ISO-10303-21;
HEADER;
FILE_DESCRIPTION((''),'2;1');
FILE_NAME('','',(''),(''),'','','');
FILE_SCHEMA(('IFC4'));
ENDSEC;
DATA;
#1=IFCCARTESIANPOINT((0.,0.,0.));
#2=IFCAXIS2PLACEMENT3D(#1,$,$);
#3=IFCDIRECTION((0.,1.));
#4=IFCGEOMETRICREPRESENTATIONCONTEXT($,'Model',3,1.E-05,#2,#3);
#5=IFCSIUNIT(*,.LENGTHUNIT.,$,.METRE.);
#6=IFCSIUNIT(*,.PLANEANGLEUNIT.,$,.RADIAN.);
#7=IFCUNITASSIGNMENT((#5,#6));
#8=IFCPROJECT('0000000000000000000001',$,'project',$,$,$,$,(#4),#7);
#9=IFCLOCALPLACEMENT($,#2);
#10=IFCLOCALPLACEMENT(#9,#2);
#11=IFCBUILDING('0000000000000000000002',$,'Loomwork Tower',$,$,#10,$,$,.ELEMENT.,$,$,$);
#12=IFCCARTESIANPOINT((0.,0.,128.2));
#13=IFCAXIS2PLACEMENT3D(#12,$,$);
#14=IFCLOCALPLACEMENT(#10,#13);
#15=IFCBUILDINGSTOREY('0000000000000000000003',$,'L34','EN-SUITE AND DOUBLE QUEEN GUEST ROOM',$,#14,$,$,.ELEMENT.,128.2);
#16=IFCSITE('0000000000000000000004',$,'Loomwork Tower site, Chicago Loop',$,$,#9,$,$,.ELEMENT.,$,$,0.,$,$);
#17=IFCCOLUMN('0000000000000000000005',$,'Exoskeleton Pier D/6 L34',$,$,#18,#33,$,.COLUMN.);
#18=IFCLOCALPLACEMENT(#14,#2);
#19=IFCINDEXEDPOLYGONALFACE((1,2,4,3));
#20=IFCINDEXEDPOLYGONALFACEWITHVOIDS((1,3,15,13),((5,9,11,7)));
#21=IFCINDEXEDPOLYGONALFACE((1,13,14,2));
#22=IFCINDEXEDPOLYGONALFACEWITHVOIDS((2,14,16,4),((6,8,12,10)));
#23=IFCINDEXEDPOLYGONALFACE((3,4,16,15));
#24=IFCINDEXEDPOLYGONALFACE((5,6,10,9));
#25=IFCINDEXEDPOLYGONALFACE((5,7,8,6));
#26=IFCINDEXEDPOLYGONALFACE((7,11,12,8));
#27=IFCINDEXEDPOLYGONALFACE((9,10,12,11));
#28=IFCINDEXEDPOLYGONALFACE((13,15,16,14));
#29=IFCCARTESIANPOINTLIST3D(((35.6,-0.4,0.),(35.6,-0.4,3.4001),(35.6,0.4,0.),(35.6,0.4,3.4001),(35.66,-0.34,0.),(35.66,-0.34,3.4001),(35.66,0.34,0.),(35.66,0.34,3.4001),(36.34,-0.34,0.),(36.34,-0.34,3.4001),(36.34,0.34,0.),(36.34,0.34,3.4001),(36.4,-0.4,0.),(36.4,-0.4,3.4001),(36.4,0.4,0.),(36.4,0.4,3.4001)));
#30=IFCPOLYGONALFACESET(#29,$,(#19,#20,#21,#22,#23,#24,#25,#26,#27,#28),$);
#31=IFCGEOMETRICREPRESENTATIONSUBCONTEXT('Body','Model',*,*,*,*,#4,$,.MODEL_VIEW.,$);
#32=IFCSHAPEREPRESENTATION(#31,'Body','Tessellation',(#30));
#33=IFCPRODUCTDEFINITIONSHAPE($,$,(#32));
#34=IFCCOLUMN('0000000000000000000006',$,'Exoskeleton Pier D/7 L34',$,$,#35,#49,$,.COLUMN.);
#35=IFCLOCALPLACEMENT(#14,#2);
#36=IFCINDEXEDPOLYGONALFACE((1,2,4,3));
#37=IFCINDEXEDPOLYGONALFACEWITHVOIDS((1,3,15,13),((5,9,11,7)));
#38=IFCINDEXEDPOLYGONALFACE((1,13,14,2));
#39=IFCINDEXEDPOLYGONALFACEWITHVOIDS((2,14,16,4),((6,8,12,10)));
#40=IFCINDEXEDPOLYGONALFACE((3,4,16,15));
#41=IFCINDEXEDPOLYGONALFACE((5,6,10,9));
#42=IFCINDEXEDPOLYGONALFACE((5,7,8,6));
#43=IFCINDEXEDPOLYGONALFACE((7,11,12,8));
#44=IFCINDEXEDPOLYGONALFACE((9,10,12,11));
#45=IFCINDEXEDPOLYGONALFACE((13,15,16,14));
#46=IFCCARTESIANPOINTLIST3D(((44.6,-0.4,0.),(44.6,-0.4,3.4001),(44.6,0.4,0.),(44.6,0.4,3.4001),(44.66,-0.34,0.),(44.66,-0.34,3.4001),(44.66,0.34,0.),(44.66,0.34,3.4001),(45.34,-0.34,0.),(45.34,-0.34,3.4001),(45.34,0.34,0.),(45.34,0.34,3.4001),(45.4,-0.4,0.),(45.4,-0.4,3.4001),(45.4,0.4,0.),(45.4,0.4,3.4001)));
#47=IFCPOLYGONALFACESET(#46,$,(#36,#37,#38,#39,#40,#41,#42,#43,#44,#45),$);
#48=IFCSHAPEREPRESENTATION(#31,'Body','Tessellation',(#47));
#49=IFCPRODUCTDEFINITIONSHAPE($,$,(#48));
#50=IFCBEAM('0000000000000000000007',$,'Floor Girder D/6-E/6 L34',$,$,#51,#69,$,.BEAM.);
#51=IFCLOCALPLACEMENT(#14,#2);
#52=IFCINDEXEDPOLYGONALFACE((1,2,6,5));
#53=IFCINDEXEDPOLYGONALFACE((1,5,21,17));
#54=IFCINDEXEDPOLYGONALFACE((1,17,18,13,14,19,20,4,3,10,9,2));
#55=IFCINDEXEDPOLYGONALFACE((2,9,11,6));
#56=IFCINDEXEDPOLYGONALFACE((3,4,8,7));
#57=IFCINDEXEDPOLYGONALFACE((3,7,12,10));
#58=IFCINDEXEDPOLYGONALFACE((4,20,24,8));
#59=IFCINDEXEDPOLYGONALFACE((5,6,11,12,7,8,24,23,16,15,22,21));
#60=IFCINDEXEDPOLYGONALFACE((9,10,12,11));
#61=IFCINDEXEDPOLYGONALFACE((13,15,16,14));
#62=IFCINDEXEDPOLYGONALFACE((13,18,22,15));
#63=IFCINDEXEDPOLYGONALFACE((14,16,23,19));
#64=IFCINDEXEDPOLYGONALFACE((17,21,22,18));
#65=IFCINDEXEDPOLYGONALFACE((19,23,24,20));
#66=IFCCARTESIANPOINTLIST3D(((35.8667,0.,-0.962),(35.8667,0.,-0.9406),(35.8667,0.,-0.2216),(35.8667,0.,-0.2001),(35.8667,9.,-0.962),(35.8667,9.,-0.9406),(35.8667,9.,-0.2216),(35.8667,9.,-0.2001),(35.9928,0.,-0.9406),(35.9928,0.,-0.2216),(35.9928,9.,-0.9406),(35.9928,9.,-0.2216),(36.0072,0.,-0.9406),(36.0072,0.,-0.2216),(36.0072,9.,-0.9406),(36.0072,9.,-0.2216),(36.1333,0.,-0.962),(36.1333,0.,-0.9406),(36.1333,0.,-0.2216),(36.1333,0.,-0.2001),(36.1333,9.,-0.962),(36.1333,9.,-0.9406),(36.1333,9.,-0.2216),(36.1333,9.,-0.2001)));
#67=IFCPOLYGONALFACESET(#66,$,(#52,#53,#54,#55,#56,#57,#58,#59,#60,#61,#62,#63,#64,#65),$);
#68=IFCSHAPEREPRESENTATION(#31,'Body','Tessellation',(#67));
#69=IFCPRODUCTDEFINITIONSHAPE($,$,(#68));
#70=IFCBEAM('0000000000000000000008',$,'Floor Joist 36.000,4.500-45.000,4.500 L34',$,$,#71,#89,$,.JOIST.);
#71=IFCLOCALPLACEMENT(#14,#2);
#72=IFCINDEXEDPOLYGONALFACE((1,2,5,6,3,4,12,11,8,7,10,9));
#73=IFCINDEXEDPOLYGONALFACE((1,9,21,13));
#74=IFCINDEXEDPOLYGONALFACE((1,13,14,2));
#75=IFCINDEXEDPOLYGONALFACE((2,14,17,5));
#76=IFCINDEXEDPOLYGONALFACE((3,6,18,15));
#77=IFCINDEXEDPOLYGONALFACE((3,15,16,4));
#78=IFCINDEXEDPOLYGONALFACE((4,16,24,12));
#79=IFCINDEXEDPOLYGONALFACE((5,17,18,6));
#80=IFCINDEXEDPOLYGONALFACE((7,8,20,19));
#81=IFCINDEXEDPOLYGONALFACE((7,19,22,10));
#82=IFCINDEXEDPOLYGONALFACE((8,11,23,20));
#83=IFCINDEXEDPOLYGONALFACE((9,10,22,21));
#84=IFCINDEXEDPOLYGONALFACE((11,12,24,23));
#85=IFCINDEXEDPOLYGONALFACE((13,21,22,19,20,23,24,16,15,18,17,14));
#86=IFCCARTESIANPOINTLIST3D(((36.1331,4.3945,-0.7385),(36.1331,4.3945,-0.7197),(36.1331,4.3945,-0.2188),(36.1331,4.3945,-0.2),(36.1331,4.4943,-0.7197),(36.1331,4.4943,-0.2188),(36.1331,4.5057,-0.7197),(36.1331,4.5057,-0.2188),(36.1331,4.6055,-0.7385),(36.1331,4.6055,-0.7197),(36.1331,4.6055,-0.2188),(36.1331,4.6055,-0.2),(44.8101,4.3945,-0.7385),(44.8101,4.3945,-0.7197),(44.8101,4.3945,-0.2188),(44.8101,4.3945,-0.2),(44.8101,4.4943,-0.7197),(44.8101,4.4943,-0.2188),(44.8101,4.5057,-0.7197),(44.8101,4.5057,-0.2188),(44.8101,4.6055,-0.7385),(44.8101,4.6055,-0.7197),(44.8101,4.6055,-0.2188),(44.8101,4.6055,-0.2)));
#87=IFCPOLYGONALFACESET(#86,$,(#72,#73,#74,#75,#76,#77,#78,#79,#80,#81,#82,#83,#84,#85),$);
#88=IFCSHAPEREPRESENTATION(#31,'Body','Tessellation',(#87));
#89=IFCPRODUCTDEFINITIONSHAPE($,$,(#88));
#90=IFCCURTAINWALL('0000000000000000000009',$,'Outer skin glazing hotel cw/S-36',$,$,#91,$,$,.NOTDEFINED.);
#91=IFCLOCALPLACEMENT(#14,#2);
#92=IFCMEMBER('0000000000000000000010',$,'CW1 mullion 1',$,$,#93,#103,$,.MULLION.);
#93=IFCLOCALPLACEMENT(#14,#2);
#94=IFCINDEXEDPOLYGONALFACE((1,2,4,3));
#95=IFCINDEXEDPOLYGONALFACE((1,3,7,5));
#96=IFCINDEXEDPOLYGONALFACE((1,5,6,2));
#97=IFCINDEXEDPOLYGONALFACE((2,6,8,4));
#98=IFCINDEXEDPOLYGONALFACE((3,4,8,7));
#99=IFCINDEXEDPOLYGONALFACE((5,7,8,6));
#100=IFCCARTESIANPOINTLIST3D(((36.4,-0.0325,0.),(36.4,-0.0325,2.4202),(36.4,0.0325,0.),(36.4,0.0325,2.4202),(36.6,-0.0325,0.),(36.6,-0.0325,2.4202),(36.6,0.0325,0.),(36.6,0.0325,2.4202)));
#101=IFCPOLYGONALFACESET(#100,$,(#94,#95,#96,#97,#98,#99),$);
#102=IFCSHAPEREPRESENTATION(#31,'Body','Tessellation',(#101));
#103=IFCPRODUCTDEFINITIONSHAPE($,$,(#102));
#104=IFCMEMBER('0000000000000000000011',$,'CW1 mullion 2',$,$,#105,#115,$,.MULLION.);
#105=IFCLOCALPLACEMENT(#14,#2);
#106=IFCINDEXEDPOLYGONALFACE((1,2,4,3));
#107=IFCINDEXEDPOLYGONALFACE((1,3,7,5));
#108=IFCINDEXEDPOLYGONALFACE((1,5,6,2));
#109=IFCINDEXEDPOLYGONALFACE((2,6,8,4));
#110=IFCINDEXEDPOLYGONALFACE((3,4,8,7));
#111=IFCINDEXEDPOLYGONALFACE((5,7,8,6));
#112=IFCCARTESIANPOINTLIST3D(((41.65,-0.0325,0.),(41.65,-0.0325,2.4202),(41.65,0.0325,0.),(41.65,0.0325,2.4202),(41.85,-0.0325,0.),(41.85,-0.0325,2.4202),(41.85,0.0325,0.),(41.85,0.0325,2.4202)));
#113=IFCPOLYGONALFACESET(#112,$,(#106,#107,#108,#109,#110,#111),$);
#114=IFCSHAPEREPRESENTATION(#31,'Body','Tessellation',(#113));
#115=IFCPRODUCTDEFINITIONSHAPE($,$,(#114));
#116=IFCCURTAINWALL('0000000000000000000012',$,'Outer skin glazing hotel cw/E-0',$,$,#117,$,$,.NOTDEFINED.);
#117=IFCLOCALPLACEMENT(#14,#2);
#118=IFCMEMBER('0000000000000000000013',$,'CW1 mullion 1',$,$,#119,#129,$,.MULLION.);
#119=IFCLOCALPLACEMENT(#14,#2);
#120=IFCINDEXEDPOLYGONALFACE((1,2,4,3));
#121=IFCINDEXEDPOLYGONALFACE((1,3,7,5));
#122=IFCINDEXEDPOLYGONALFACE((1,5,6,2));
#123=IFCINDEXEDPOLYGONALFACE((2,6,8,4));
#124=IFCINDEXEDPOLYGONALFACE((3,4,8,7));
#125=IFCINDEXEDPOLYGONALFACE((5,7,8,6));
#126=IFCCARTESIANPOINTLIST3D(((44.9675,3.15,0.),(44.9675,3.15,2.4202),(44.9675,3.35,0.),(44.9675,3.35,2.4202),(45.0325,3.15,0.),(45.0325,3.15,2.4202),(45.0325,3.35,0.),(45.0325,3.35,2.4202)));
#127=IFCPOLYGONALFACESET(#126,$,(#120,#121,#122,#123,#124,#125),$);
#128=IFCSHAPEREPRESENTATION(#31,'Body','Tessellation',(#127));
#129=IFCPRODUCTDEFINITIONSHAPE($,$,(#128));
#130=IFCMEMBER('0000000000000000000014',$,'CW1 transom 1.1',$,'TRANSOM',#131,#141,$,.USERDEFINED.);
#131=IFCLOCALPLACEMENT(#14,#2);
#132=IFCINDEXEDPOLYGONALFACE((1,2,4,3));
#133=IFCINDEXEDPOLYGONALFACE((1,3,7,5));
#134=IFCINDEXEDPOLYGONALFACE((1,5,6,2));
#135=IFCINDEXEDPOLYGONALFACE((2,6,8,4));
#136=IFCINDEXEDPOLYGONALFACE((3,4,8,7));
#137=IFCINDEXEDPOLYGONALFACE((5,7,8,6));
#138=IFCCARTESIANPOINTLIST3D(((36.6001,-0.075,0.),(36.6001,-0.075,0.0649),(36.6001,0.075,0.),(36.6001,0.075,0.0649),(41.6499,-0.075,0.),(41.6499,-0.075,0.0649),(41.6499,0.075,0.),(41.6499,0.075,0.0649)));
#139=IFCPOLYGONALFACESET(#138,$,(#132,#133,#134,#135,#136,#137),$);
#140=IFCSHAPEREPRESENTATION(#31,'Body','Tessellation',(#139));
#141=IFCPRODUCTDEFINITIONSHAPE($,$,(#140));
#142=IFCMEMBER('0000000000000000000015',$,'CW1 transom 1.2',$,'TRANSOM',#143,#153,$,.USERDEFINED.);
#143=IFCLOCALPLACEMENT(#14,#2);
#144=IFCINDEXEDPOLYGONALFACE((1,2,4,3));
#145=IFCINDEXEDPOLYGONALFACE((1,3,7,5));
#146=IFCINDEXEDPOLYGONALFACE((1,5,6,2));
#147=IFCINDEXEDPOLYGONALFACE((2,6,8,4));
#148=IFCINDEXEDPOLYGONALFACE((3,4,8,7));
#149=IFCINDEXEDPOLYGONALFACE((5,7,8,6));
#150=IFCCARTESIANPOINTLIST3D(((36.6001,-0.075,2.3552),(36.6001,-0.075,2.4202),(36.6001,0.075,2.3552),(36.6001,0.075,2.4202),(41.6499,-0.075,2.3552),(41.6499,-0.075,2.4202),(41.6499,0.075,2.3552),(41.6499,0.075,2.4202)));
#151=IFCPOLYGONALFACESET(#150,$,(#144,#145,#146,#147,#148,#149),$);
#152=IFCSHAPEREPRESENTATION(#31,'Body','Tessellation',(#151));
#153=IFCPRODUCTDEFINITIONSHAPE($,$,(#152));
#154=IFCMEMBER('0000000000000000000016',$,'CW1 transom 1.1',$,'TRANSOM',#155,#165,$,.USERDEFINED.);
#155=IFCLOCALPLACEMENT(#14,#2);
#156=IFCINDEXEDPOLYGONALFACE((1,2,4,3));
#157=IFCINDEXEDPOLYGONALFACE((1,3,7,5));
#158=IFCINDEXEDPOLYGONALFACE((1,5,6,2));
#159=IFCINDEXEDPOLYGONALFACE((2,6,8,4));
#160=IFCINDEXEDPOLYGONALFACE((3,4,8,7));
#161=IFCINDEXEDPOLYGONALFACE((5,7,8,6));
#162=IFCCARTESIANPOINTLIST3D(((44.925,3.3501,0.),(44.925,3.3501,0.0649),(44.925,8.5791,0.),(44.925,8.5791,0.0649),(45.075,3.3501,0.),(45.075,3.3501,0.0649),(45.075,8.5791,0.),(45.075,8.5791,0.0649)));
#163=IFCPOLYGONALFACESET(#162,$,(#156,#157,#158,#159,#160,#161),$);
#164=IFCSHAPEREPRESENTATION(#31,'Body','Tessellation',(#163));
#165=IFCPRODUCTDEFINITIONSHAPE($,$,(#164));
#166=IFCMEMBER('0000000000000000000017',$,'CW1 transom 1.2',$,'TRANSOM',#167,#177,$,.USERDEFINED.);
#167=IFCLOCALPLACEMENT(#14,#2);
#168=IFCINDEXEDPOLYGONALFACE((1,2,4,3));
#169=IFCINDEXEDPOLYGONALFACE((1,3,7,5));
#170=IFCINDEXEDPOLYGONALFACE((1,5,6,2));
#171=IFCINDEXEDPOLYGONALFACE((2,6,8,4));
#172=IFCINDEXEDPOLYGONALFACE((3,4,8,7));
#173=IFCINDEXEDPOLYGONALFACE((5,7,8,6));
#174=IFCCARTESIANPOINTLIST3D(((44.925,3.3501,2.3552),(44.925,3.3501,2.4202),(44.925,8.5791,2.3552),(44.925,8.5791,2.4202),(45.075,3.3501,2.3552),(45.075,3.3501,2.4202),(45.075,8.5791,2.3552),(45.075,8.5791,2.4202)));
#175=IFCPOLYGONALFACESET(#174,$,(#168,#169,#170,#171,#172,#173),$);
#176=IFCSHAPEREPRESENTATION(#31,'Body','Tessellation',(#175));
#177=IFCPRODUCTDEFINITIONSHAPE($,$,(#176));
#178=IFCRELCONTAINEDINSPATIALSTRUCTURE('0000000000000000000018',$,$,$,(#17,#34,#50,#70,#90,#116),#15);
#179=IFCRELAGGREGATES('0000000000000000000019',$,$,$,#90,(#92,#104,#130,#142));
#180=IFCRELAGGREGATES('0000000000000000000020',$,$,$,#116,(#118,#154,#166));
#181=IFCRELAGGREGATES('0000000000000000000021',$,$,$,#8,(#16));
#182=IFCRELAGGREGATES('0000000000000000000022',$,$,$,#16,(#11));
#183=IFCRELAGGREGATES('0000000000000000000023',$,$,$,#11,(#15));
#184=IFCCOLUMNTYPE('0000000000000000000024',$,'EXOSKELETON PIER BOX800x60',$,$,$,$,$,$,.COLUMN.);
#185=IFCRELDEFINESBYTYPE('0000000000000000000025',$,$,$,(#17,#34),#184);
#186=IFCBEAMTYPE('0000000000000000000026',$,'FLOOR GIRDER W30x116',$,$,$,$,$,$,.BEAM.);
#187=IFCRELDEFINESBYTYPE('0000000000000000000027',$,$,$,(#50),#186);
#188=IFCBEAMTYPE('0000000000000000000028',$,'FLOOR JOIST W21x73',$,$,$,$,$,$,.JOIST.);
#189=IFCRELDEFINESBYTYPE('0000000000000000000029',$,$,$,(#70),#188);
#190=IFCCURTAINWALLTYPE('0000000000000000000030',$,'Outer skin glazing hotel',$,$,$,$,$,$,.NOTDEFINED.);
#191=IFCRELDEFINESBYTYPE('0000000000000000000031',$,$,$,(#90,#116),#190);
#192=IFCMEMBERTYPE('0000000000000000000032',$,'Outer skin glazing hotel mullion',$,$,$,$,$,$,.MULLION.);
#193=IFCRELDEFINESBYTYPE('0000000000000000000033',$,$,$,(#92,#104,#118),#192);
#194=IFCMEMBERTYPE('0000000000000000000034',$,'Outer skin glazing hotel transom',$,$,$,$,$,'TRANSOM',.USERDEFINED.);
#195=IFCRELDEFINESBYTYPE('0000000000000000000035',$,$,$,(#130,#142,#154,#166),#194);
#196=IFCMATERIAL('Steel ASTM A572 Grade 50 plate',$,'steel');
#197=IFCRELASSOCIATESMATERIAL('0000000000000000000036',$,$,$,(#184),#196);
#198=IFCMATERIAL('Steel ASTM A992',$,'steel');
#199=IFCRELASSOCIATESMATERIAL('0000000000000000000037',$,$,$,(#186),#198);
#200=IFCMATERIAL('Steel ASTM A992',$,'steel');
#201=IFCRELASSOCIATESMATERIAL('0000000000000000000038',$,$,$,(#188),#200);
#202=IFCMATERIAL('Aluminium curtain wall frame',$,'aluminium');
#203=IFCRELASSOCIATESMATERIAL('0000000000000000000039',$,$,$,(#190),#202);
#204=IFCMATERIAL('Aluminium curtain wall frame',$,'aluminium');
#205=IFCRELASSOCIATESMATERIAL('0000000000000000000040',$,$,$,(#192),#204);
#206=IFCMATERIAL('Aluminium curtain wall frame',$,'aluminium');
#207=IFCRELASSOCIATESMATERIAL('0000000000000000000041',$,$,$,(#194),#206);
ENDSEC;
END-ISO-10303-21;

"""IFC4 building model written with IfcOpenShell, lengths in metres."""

from ifc_helpers import new_model, si_unit, direction, frame, origin, origin_2d, place, context, subcontext, project, spatial, rectangle, hollow_rectangle, i_section, extrude, material, material_profile, profile_set, type_object, element, aggregate, save


model = new_model("IFC4")

# Units and contexts
model_context = context("Model", 3, precision=1e-05, world=origin(), true_north=direction((0.0, 1.0)))
body_context = subcontext(model_context, "Body", "Model", "MODEL_VIEW")
ifc_project = project(units=[si_unit("LENGTHUNIT", "METRE"), si_unit("PLANEANGLEUNIT", "RADIAN")], contexts=[model_context])

# Site, building, storey
site_placement = place(None, origin())
site = spatial("IfcSite", under=ifc_project, at=site_placement, Name="Loomwork Tower site, Chicago Loop", CompositionType="ELEMENT", RefElevation=0.0)
building_placement = place(site_placement, origin())
building = spatial("IfcBuilding", under=site, at=building_placement, Name="Loomwork Tower", CompositionType="ELEMENT")
storey_placement = place(building_placement, frame((0.0, 0.0, 128.2)))
storey = spatial("IfcBuildingStorey", under=building, at=storey_placement, Name="L34", Description="EN-SUITE AND DOUBLE QUEEN GUEST ROOM", CompositionType="ELEMENT", Elevation=128.2)

# Columns
ifc_material_1 = material(Name="Steel ASTM A572 Grade 50 plate", Category="steel")
ifc_material_profile_1 = material_profile(ifc_material_1, hollow_rectangle(XDim=0.8, YDim=0.8, WallThickness=0.0601, at=origin_2d()), Name="BOX800x60")
ifc_profile_set_1 = profile_set([ifc_material_profile_1], Name="Steel ASTM A572 Grade 50 plate")
column_type = type_object("IfcColumnType", Name="EXOSKELETON PIER BOX800x60", PredefinedType="COLUMN", material=ifc_profile_set_1)
for number, where, z_axis, x_axis, name in (
    (1, (36.0, 0.0, 0.0), (0.0, 0.0, 1.0), (1.0, 0.0, 0.0), "Exoskeleton Pier D/6 L34"),
    (2, (45.0, 0.0, 0.0), (0.0, 0.0, 1.0), (1.0, 0.0, 0.0), "Exoskeleton Pier D/7 L34"),
):
    element("IfcColumn", number, at=place(storey_placement, frame(where, z_axis=z_axis, x_axis=x_axis)), inside=storey, type_object=column_type, Name=name, PredefinedType="COLUMN", context=body_context, shape_type="SweptSolid", body=[
        extrude(hollow_rectangle(XDim=0.8, YDim=0.8, WallThickness=0.0601, at=origin_2d()), origin(), (0.0, 0.0, 1.0), 3.4001),
    ])

# Beams
ifc_material_2 = material(Name="Steel ASTM A992", Category="steel")
ifc_material_profile_2 = material_profile(ifc_material_2, i_section(OverallWidth=0.2666, OverallDepth=0.762, WebThickness=0.0144, FlangeThickness=0.0215, at=origin_2d()), Name="W30x116")
ifc_profile_set_2 = profile_set([ifc_material_profile_2], Name="Steel ASTM A992")
beam_type_1 = type_object("IfcBeamType", Name="FLOOR GIRDER W30x116", PredefinedType="BEAM", material=ifc_profile_set_2)
beam_1_placement = place(storey_placement, frame((36.0, 0.0, -0.5811), z_axis=(0.0, 1.0, 0.0), x_axis=(-1.0, 0.0, 0.0)))
element("IfcBeam", 3, at=beam_1_placement, inside=storey, type_object=beam_type_1, Name="Floor Girder D/6-E/6 L34", PredefinedType="BEAM", context=body_context, shape_type="SweptSolid", body=[
    extrude(i_section(OverallWidth=0.2666, OverallDepth=0.762, WebThickness=0.0144, FlangeThickness=0.0215, at=origin_2d()), origin(), (0.0, 0.0, 1.0), 9.0),
])
ifc_material_3 = material(Name="Steel ASTM A992", Category="steel")
ifc_material_profile_3 = material_profile(ifc_material_3, i_section(OverallWidth=0.2109, OverallDepth=0.5386, WebThickness=0.0115, FlangeThickness=0.0188, at=origin_2d()), Name="W21x73")
ifc_profile_set_3 = profile_set([ifc_material_profile_3], Name="Steel ASTM A992")
beam_type_2 = type_object("IfcBeamType", Name="FLOOR JOIST W21x73", PredefinedType="JOIST", material=ifc_profile_set_3)
beam_2_placement = place(storey_placement, frame((36.1331, 4.5, -0.4692), z_axis=(1.0, 0.0, 0.0), x_axis=(0.0, 1.0, 0.0)))
element("IfcBeam", 4, at=beam_2_placement, inside=storey, type_object=beam_type_2, Name="Floor Joist 36.000,4.500-45.000,4.500 L34", PredefinedType="JOIST", context=body_context, shape_type="SweptSolid", body=[
    extrude(i_section(OverallWidth=0.2109, OverallDepth=0.5386, WebThickness=0.0115, FlangeThickness=0.0188, at=origin_2d()), origin(), (0.0, 0.0, 1.0), 8.677),
])

# Curtain wall, members
ifc_material_4 = material(Name="Aluminium curtain wall frame", Category="aluminium")
curtain_wall_type = type_object("IfcCurtainWallType", Name="Outer skin glazing hotel", PredefinedType="NOTDEFINED", material=ifc_material_4)
curtain_wall_1_placement = place(storey_placement, origin())
curtain_wall_1 = element("IfcCurtainWall", 5, at=curtain_wall_1_placement, inside=storey, type_object=curtain_wall_type, Name="Outer skin glazing hotel cw/S-36", PredefinedType="NOTDEFINED")
ifc_material_5 = material(Name="Aluminium curtain wall frame", Category="aluminium")
ifc_material_profile_4 = material_profile(ifc_material_5, rectangle(XDim=0.0649, YDim=0.2, at=origin_2d()), Name="AL 65x200")
ifc_profile_set_4 = profile_set([ifc_material_profile_4], Name="Aluminium curtain wall frame")
member_type_1 = type_object("IfcMemberType", Name="Outer skin glazing hotel mullion", PredefinedType="MULLION", material=ifc_profile_set_4)
member_1_placement = place(storey_placement, frame((36.5, 0.0, 0.0), z_axis=(0.0, 0.0, 1.0), x_axis=(0.0, 1.0, 0.0)))
member_1 = element("IfcMember", 6, at=member_1_placement, type_object=member_type_1, Name="CW1 mullion 1", PredefinedType="MULLION", context=body_context, shape_type="SweptSolid", body=[
    extrude(rectangle(XDim=0.0649, YDim=0.2, at=origin_2d()), origin(), (0.0, 0.0, 1.0), 2.4202),
])
member_2_placement = place(storey_placement, frame((41.75, 0.0, 0.0), z_axis=(0.0, 0.0, 1.0), x_axis=(0.0, 1.0, 0.0)))
member_2 = element("IfcMember", 7, at=member_2_placement, type_object=member_type_1, Name="CW1 mullion 2", PredefinedType="MULLION", context=body_context, shape_type="SweptSolid", body=[
    extrude(rectangle(XDim=0.0649, YDim=0.2, at=origin_2d()), origin(), (0.0, 0.0, 1.0), 2.4202),
])

# Curtain wall, member
curtain_wall_2_placement = place(storey_placement, origin())
curtain_wall_2 = element("IfcCurtainWall", 8, at=curtain_wall_2_placement, inside=storey, type_object=curtain_wall_type, Name="Outer skin glazing hotel cw/E-0", PredefinedType="NOTDEFINED")
member_3_placement = place(storey_placement, frame((45.0, 3.25, 0.0), z_axis=(0.0, 0.0, 1.0), x_axis=(-1.0, 0.0, 0.0)))
member_3 = element("IfcMember", 9, at=member_3_placement, type_object=member_type_1, Name="CW1 mullion 1", PredefinedType="MULLION", context=body_context, shape_type="SweptSolid", body=[
    extrude(rectangle(XDim=0.0649, YDim=0.2, at=origin_2d()), origin(), (0.0, 0.0, 1.0), 2.4202),
])

# Members
ifc_material_6 = material(Name="Aluminium curtain wall frame", Category="aluminium")
ifc_material_profile_5 = material_profile(ifc_material_6, rectangle(XDim=0.1499, YDim=0.0649, at=origin_2d()), Name="AL 65x150")
ifc_profile_set_5 = profile_set([ifc_material_profile_5], Name="Aluminium curtain wall frame")
member_type_2 = type_object("IfcMemberType", Name="Outer skin glazing hotel transom", ElementType="TRANSOM", PredefinedType="USERDEFINED", material=ifc_profile_set_5)
member_4_placement = place(storey_placement, frame((36.6001, 0.0, 0.0325), z_axis=(1.0, 0.0, 0.0), x_axis=(0.0, 1.0, 0.0)))
member_4 = element("IfcMember", 10, at=member_4_placement, type_object=member_type_2, Name="CW1 transom 1.1", ObjectType="TRANSOM", PredefinedType="USERDEFINED", context=body_context, shape_type="SweptSolid", body=[
    extrude(rectangle(XDim=0.1499, YDim=0.0649, at=origin_2d()), origin(), (0.0, 0.0, 1.0), 5.0498),
])
member_5_placement = place(storey_placement, frame((36.6001, 0.0, 2.3877), z_axis=(1.0, 0.0, 0.0), x_axis=(0.0, 1.0, 0.0)))
member_5 = element("IfcMember", 11, at=member_5_placement, type_object=member_type_2, Name="CW1 transom 1.2", ObjectType="TRANSOM", PredefinedType="USERDEFINED", context=body_context, shape_type="SweptSolid", body=[
    extrude(rectangle(XDim=0.1499, YDim=0.0649, at=origin_2d()), origin(), (0.0, 0.0, 1.0), 5.0498),
])
member_6_placement = place(storey_placement, frame((45.0, 3.3501, 0.0325), z_axis=(0.0, 1.0, 0.0), x_axis=(-1.0, 0.0, 0.0)))
member_6 = element("IfcMember", 12, at=member_6_placement, type_object=member_type_2, Name="CW1 transom 1.1", ObjectType="TRANSOM", PredefinedType="USERDEFINED", context=body_context, shape_type="SweptSolid", body=[
    extrude(rectangle(XDim=0.1499, YDim=0.0649, at=origin_2d()), origin(), (0.0, 0.0, 1.0), 5.229),
])
member_7_placement = place(storey_placement, frame((45.0, 3.3501, 2.3877), z_axis=(0.0, 1.0, 0.0), x_axis=(-1.0, 0.0, 0.0)))
member_7 = element("IfcMember", 13, at=member_7_placement, type_object=member_type_2, Name="CW1 transom 1.2", ObjectType="TRANSOM", PredefinedType="USERDEFINED", context=body_context, shape_type="SweptSolid", body=[
    extrude(rectangle(XDim=0.1499, YDim=0.0649, at=origin_2d()), origin(), (0.0, 0.0, 1.0), 5.229),
])

aggregate(curtain_wall_1, [member_1, member_2, member_4, member_5])
aggregate(curtain_wall_2, [member_3, member_6, member_7])

save(model, "model.ifc")
